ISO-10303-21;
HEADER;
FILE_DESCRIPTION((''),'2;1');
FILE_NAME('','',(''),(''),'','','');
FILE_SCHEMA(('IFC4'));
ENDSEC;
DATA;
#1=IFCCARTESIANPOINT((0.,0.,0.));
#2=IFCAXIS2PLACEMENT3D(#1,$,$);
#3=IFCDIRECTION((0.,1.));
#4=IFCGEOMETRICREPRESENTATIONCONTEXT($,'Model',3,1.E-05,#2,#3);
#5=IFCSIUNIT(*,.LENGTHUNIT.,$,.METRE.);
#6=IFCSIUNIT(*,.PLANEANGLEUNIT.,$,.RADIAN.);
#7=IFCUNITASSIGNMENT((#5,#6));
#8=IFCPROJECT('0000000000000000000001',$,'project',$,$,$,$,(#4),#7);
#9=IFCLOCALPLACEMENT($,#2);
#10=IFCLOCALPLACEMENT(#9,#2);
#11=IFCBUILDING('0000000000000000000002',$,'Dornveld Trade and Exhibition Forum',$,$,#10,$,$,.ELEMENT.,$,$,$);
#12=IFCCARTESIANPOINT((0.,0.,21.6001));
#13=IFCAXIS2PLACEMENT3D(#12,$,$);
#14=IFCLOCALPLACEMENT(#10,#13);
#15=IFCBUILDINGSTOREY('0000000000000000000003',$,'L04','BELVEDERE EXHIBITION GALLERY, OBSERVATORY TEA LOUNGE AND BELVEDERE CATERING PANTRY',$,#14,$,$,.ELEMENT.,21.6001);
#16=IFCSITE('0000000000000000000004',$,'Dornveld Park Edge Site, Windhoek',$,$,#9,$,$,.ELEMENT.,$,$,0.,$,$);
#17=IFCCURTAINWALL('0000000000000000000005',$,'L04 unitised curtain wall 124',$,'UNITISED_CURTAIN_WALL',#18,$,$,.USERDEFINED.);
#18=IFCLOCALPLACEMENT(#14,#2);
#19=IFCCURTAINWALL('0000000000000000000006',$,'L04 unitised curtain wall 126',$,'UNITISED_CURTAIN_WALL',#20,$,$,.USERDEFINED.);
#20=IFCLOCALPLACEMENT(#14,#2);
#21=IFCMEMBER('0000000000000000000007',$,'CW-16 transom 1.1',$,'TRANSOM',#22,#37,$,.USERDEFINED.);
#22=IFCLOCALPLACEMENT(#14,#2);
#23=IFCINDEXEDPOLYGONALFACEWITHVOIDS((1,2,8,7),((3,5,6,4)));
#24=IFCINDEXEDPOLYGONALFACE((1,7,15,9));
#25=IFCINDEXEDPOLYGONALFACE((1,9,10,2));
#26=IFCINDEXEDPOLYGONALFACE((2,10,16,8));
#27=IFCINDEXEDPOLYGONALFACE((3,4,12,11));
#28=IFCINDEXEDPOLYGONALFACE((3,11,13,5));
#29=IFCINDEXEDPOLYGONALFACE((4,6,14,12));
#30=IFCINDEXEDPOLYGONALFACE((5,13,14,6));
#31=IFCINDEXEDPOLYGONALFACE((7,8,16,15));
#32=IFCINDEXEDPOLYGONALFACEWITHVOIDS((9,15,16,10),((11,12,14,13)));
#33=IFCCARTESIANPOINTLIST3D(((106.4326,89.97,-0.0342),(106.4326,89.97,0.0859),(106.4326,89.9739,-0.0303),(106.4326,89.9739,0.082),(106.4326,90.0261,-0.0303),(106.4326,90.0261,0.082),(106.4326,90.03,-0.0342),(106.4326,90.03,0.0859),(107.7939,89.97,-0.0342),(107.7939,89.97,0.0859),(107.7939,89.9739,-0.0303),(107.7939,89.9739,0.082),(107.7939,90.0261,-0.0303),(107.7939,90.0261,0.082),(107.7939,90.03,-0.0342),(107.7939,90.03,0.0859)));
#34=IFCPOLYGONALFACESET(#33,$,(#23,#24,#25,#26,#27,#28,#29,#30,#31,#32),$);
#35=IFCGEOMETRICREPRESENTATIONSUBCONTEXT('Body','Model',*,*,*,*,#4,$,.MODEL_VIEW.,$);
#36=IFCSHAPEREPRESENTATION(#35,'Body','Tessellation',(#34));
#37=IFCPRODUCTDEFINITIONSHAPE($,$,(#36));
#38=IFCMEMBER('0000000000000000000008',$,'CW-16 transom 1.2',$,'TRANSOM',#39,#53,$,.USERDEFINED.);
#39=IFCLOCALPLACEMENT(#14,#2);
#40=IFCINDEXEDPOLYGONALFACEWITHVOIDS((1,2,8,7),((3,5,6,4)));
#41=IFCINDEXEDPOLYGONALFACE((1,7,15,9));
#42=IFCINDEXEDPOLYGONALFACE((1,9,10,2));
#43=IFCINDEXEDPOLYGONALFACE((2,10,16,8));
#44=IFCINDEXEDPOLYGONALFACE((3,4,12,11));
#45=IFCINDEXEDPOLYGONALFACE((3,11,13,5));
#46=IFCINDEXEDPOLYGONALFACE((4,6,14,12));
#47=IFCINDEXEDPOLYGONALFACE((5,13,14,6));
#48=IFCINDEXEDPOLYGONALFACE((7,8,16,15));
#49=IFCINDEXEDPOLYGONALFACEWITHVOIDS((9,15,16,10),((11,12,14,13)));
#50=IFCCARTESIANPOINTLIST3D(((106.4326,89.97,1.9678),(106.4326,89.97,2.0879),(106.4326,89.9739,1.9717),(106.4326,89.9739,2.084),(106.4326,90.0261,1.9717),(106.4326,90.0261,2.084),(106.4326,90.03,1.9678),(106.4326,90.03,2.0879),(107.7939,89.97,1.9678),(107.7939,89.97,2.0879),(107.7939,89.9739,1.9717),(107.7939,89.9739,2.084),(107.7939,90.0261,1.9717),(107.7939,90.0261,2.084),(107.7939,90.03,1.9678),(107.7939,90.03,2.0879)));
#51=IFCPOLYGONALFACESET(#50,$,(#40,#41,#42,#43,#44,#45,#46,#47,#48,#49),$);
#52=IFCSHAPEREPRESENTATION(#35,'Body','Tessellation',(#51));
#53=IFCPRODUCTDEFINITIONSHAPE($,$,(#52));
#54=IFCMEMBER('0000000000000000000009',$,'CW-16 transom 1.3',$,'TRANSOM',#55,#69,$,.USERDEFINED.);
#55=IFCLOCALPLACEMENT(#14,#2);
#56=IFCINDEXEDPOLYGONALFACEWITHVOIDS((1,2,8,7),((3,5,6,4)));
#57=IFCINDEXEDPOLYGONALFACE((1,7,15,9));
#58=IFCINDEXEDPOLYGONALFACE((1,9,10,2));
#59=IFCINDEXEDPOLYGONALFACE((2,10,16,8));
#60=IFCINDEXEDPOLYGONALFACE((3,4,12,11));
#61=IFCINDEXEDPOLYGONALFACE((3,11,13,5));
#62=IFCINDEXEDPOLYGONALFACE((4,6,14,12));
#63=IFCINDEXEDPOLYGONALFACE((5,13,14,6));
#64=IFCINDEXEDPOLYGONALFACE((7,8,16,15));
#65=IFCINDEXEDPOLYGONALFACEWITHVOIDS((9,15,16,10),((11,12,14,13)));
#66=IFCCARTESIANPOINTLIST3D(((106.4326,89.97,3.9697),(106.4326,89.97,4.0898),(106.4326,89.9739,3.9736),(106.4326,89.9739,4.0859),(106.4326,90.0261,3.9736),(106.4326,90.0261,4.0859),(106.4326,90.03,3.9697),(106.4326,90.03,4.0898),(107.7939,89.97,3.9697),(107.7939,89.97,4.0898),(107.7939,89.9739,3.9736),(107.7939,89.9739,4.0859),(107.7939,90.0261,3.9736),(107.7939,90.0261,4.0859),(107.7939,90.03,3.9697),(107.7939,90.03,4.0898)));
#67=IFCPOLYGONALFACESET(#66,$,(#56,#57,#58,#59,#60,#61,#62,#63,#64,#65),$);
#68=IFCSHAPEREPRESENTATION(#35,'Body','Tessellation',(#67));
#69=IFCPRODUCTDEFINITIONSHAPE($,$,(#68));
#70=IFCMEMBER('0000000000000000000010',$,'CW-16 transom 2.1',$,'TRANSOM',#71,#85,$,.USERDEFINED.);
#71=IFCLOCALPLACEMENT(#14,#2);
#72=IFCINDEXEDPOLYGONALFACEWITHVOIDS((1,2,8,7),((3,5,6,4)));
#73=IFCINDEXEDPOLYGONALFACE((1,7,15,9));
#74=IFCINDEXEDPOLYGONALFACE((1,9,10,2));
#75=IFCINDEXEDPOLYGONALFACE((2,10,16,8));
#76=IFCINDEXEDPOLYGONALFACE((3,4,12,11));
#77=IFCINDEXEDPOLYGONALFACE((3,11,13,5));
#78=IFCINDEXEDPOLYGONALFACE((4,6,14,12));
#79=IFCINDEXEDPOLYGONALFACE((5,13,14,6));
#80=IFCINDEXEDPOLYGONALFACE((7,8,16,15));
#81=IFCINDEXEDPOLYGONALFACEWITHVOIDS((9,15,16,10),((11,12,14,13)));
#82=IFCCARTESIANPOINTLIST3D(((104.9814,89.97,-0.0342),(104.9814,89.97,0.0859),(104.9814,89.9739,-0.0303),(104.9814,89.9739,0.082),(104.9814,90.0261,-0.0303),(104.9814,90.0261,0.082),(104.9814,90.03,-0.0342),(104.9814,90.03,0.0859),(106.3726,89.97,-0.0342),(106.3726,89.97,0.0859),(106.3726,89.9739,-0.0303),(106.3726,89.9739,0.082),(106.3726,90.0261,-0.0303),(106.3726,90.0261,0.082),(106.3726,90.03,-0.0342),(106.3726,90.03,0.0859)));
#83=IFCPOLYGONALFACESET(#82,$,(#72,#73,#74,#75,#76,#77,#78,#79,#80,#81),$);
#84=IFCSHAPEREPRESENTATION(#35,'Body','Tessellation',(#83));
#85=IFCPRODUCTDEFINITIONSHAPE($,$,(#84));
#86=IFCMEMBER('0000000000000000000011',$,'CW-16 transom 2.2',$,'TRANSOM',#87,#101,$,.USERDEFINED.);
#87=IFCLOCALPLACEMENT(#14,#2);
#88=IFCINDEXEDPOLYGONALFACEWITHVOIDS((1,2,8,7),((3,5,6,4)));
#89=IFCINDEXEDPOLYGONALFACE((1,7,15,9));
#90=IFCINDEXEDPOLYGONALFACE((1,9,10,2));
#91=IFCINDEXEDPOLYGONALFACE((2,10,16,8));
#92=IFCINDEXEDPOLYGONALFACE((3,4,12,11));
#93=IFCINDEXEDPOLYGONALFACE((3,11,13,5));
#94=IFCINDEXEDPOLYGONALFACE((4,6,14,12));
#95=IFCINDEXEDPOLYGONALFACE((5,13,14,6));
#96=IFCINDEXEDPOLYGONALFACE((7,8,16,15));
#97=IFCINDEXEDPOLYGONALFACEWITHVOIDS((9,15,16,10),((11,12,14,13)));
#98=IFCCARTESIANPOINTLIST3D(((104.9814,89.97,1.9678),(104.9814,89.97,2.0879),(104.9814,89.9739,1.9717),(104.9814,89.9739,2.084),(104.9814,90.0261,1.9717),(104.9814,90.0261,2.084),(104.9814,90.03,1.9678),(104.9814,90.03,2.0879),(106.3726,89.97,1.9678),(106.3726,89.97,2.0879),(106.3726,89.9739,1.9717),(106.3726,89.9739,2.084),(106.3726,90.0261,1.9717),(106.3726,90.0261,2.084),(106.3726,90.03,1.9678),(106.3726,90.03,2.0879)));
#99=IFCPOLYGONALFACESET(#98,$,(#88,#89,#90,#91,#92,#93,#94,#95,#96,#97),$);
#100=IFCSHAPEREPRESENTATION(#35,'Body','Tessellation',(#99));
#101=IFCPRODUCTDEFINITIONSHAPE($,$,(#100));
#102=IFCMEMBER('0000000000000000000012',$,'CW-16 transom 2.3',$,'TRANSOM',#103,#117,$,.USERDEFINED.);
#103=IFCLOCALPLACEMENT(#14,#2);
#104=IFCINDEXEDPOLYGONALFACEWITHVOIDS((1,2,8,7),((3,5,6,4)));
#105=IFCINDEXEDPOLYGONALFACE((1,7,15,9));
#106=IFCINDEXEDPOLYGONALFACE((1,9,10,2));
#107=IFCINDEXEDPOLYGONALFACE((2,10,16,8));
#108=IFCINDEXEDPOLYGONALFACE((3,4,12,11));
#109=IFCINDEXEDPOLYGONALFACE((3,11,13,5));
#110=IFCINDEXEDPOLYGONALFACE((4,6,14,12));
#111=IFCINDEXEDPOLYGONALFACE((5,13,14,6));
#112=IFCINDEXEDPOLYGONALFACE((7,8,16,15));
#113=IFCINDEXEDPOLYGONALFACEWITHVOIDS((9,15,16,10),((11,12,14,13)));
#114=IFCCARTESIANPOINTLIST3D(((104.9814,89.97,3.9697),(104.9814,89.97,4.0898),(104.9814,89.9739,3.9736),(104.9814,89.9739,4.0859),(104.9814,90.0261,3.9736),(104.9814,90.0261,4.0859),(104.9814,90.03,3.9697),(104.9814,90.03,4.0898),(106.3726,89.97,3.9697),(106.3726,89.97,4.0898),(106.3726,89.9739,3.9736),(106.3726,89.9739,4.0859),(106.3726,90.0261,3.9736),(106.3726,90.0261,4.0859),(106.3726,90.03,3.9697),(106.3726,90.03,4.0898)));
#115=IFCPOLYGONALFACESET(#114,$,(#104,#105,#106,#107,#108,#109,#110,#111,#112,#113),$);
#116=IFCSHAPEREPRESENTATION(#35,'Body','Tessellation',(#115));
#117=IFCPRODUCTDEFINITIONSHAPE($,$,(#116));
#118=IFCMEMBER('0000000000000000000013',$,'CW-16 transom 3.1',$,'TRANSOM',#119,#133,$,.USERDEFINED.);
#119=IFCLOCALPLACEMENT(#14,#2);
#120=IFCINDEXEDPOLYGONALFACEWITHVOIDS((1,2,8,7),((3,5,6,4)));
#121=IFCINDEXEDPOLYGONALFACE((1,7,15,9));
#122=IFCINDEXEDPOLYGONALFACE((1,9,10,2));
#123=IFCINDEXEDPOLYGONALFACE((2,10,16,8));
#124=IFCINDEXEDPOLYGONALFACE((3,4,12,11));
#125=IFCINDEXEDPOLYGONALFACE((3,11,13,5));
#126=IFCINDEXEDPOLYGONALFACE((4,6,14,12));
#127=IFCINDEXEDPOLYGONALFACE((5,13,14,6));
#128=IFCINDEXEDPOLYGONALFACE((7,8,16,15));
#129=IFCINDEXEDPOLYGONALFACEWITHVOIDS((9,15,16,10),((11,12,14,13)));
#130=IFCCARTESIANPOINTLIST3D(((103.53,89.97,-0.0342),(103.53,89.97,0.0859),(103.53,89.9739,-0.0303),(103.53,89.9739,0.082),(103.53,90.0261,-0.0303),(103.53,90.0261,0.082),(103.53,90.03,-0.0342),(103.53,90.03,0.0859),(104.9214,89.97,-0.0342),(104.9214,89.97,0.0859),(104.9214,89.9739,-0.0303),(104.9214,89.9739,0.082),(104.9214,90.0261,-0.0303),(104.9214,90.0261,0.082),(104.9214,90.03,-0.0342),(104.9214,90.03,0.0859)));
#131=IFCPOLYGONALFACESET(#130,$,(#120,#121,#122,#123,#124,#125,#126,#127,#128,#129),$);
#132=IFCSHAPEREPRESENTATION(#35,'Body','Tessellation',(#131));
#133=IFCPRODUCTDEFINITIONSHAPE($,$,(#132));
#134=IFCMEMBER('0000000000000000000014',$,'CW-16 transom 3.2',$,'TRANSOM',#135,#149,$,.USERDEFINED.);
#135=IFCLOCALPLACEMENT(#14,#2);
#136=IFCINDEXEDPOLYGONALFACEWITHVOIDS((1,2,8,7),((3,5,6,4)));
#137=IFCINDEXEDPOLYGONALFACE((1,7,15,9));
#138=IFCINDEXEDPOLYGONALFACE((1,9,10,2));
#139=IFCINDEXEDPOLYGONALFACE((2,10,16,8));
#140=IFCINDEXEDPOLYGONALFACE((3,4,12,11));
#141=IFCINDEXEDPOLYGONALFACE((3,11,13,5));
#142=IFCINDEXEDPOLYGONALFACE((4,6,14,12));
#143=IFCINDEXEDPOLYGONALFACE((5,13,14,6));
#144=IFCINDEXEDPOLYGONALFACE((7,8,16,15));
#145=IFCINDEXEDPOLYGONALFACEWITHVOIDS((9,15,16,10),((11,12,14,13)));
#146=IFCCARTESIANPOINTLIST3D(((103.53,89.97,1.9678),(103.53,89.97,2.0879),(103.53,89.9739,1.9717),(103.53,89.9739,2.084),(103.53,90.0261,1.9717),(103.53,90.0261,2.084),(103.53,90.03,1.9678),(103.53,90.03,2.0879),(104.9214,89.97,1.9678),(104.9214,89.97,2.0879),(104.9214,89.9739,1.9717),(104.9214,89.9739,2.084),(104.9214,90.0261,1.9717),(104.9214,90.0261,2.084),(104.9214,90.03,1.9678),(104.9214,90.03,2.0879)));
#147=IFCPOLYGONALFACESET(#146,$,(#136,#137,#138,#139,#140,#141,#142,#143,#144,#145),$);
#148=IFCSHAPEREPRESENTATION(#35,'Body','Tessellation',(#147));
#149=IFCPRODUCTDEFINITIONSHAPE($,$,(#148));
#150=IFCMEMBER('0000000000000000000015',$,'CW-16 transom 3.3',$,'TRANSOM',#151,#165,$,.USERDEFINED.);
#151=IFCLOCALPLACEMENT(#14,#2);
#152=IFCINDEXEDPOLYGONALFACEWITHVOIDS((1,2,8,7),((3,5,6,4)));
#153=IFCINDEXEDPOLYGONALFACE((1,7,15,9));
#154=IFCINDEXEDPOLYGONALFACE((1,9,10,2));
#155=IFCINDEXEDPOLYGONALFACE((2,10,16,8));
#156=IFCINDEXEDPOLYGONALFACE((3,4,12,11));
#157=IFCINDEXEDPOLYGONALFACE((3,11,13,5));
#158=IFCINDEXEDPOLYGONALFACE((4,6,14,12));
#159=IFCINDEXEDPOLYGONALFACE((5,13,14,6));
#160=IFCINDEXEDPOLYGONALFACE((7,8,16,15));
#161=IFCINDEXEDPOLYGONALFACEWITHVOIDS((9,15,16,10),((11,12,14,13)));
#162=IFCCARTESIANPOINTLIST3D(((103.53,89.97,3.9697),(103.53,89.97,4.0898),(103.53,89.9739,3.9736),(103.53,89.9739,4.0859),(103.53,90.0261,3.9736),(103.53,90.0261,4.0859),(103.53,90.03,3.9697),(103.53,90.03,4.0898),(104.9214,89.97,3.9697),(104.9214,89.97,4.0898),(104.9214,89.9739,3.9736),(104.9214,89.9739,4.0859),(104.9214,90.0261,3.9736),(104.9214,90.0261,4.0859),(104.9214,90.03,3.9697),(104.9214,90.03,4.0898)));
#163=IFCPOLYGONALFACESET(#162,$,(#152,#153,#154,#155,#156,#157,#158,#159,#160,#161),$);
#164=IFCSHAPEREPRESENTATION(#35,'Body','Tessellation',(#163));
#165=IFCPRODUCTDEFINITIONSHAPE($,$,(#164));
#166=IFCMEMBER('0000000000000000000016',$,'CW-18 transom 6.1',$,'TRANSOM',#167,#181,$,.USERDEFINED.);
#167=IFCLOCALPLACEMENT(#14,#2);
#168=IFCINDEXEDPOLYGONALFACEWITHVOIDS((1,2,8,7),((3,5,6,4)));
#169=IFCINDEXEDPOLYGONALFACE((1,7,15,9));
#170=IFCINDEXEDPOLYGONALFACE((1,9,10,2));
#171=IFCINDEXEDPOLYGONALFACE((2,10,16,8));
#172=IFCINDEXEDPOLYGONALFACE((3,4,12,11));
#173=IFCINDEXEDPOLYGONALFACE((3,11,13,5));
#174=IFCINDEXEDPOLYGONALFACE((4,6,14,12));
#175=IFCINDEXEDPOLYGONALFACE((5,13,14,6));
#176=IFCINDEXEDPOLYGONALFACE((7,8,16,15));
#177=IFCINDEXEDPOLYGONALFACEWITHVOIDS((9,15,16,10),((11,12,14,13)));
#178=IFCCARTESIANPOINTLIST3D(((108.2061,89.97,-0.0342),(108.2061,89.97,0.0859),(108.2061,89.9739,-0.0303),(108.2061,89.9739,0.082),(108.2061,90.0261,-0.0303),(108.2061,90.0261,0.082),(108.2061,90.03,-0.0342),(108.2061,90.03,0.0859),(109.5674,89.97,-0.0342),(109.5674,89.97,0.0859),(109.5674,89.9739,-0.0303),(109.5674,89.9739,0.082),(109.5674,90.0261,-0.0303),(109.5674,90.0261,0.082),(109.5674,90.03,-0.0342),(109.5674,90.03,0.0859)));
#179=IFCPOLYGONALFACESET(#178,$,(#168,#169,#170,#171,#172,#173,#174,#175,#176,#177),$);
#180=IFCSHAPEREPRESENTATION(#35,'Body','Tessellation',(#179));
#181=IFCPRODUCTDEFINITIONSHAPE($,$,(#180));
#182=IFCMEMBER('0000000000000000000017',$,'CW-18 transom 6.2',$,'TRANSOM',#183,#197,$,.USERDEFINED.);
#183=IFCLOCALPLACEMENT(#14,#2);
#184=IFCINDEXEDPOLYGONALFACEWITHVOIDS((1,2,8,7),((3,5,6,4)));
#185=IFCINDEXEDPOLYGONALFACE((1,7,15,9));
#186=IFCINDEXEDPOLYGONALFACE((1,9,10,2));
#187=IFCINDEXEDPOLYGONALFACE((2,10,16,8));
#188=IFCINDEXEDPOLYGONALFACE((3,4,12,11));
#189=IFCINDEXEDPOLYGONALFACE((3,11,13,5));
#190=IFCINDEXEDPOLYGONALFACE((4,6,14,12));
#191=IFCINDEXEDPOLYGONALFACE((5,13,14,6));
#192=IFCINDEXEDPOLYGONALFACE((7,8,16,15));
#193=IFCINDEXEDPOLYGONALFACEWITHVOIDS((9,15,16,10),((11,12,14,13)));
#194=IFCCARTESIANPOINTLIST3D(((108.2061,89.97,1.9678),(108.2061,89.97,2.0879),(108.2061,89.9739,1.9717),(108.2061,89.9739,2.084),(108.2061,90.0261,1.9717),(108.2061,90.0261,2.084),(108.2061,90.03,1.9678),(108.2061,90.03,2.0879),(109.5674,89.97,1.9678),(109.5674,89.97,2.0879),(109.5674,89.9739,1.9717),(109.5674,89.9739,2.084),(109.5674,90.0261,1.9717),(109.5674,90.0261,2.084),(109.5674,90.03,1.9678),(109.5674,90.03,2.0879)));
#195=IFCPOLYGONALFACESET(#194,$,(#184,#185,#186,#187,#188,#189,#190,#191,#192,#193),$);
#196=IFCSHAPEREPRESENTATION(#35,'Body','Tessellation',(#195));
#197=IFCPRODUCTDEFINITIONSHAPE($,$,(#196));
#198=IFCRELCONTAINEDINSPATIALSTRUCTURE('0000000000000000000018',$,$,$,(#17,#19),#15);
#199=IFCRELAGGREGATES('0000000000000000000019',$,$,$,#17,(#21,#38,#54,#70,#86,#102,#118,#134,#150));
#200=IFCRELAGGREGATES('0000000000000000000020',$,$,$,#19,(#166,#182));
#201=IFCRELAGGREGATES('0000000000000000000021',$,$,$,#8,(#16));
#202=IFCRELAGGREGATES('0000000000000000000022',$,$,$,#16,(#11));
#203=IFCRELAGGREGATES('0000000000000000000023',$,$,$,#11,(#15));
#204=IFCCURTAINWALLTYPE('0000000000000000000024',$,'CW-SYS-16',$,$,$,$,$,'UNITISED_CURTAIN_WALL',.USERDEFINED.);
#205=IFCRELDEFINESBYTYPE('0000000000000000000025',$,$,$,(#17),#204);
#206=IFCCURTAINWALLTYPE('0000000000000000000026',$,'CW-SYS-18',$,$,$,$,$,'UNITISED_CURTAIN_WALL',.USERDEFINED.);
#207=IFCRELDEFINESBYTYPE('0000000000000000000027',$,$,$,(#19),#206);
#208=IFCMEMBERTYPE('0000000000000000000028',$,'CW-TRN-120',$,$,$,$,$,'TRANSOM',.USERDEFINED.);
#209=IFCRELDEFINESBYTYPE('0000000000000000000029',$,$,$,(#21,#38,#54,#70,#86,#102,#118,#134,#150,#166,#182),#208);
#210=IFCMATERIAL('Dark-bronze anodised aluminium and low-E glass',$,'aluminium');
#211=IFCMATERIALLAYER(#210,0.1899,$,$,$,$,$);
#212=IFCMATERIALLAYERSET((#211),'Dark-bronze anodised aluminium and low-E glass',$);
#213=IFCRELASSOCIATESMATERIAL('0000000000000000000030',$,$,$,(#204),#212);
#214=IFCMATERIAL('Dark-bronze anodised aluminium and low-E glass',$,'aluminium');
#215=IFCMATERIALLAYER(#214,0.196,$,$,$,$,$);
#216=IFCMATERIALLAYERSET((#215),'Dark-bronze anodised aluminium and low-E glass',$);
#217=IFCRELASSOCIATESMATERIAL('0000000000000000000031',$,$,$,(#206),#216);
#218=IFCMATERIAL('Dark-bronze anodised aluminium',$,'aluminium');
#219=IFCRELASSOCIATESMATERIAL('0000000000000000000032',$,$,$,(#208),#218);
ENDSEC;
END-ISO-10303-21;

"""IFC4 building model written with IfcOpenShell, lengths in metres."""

from ifc_helpers import new_model, si_unit, direction, frame, origin, origin_2d, place, context, subcontext, project, spatial, hollow_rectangle, extrude, material, layer, layer_set, material_profile, profile_set, type_object, element, aggregate, save


model = new_model("IFC4")

# Units and contexts
model_context = context("Model", 3, precision=1e-05, world=origin(), true_north=direction((0.0, 1.0)))
body_context = subcontext(model_context, "Body", "Model", "MODEL_VIEW")
ifc_project = project(units=[si_unit("LENGTHUNIT", "METRE"), si_unit("PLANEANGLEUNIT", "RADIAN")], contexts=[model_context])

# Site, building, storey
site_placement = place(None, origin())
site = spatial("IfcSite", under=ifc_project, at=site_placement, Name="Dornveld Park Edge Site, Windhoek", CompositionType="ELEMENT", RefElevation=0.0)
building_placement = place(site_placement, origin())
building = spatial("IfcBuilding", under=site, at=building_placement, Name="Dornveld Trade and Exhibition Forum", CompositionType="ELEMENT")
storey_placement = place(building_placement, frame((0.0, 0.0, 21.6001)))
storey = spatial("IfcBuildingStorey", under=building, at=storey_placement, Name="L04", Description="BELVEDERE EXHIBITION GALLERY, OBSERVATORY TEA LOUNGE AND BELVEDERE CATERING PANTRY", CompositionType="ELEMENT", Elevation=21.6001)

# Curtain wall
ifc_material_1 = material(Name="Dark-bronze anodised aluminium and low-E glass", Category="aluminium")
ifc_layer_1 = layer(ifc_material_1, 0.1899)
ifc_layer_set_1 = layer_set([ifc_layer_1], Name="Dark-bronze anodised aluminium and low-E glass")
curtain_wall_type_1 = type_object("IfcCurtainWallType", Name="CW-SYS-16", ElementType="UNITISED_CURTAIN_WALL", PredefinedType="USERDEFINED", material=ifc_layer_set_1)
curtain_wall_1_placement = place(storey_placement, origin())
curtain_wall_1 = element("IfcCurtainWall", 1, at=curtain_wall_1_placement, inside=storey, type_object=curtain_wall_type_1, Name="L04 unitised curtain wall 124", ObjectType="UNITISED_CURTAIN_WALL", PredefinedType="USERDEFINED")

# Curtain wall
ifc_material_2 = material(Name="Dark-bronze anodised aluminium and low-E glass", Category="aluminium")
ifc_layer_2 = layer(ifc_material_2, 0.196)
ifc_layer_set_2 = layer_set([ifc_layer_2], Name="Dark-bronze anodised aluminium and low-E glass")
curtain_wall_type_2 = type_object("IfcCurtainWallType", Name="CW-SYS-18", ElementType="UNITISED_CURTAIN_WALL", PredefinedType="USERDEFINED", material=ifc_layer_set_2)
curtain_wall_2_placement = place(storey_placement, origin())
curtain_wall_2 = element("IfcCurtainWall", 2, at=curtain_wall_2_placement, inside=storey, type_object=curtain_wall_type_2, Name="L04 unitised curtain wall 126", ObjectType="UNITISED_CURTAIN_WALL", PredefinedType="USERDEFINED")

# Members
ifc_material_3 = material(Name="Dark-bronze anodised aluminium", Category="aluminium")
ifc_material_profile_1 = material_profile(ifc_material_3, hollow_rectangle(XDim=0.0601, YDim=0.1201, WallThickness=0.0039, at=origin_2d()), Name="RHS 120x60x4")
ifc_profile_set_1 = profile_set([ifc_material_profile_1], Name="Dark-bronze anodised aluminium")
member_type_1 = type_object("IfcMemberType", Name="CW-TRN-120", ElementType="TRANSOM", PredefinedType="USERDEFINED", material=ifc_profile_set_1)
member_1_placement = place(storey_placement, frame((107.7939, 90.0, 0.0259), z_axis=(-1.0, 0.0, 0.0), x_axis=(0.0, -1.0, 0.0)))
member_1 = element("IfcMember", 3, at=member_1_placement, type_object=member_type_1, Name="CW-16 transom 1.1", ObjectType="TRANSOM", PredefinedType="USERDEFINED", context=body_context, shape_type="SweptSolid", body=[
    extrude(hollow_rectangle(XDim=0.0601, YDim=0.1201, WallThickness=0.0039, at=origin_2d()), origin(), (0.0, 0.0, 1.0), 1.3613),
])
member_2_placement = place(storey_placement, frame((107.7939, 90.0, 2.0278), z_axis=(-1.0, 0.0, 0.0), x_axis=(0.0, -1.0, 0.0)))
member_2 = element("IfcMember", 4, at=member_2_placement, type_object=member_type_1, Name="CW-16 transom 1.2", ObjectType="TRANSOM", PredefinedType="USERDEFINED", context=body_context, shape_type="SweptSolid", body=[
    extrude(hollow_rectangle(XDim=0.0601, YDim=0.1201, WallThickness=0.0039, at=origin_2d()), origin(), (0.0, 0.0, 1.0), 1.3613),
])
member_3_placement = place(storey_placement, frame((107.7939, 90.0, 4.0298), z_axis=(-1.0, 0.0, 0.0), x_axis=(0.0, -1.0, 0.0)))
member_3 = element("IfcMember", 5, at=member_3_placement, type_object=member_type_1, Name="CW-16 transom 1.3", ObjectType="TRANSOM", PredefinedType="USERDEFINED", context=body_context, shape_type="SweptSolid", body=[
    extrude(hollow_rectangle(XDim=0.0601, YDim=0.1201, WallThickness=0.0039, at=origin_2d()), origin(), (0.0, 0.0, 1.0), 1.3613),
])
member_4_placement = place(storey_placement, frame((106.3726, 90.0, 0.0259), z_axis=(-1.0, 0.0, 0.0), x_axis=(0.0, -1.0, 0.0)))
member_4 = element("IfcMember", 6, at=member_4_placement, type_object=member_type_1, Name="CW-16 transom 2.1", ObjectType="TRANSOM", PredefinedType="USERDEFINED", context=body_context, shape_type="SweptSolid", body=[
    extrude(hollow_rectangle(XDim=0.0601, YDim=0.1201, WallThickness=0.0039, at=origin_2d()), origin(), (0.0, 0.0, 1.0), 1.3911),
])
member_5_placement = place(storey_placement, frame((106.3726, 90.0, 2.0278), z_axis=(-1.0, 0.0, 0.0), x_axis=(0.0, -1.0, 0.0)))
member_5 = element("IfcMember", 7, at=member_5_placement, type_object=member_type_1, Name="CW-16 transom 2.2", ObjectType="TRANSOM", PredefinedType="USERDEFINED", context=body_context, shape_type="SweptSolid", body=[
    extrude(hollow_rectangle(XDim=0.0601, YDim=0.1201, WallThickness=0.0039, at=origin_2d()), origin(), (0.0, 0.0, 1.0), 1.3911),
])
member_6_placement = place(storey_placement, frame((106.3726, 90.0, 4.0298), z_axis=(-1.0, 0.0, 0.0), x_axis=(0.0, -1.0, 0.0)))
member_6 = element("IfcMember", 8, at=member_6_placement, type_object=member_type_1, Name="CW-16 transom 2.3", ObjectType="TRANSOM", PredefinedType="USERDEFINED", context=body_context, shape_type="SweptSolid", body=[
    extrude(hollow_rectangle(XDim=0.0601, YDim=0.1201, WallThickness=0.0039, at=origin_2d()), origin(), (0.0, 0.0, 1.0), 1.3911),
])
member_7_placement = place(storey_placement, frame((104.9214, 90.0, 0.0259), z_axis=(-1.0, 0.0, 0.0), x_axis=(0.0, -1.0, 0.0)))
member_7 = element("IfcMember", 9, at=member_7_placement, type_object=member_type_1, Name="CW-16 transom 3.1", ObjectType="TRANSOM", PredefinedType="USERDEFINED", context=body_context, shape_type="SweptSolid", body=[
    extrude(hollow_rectangle(XDim=0.0601, YDim=0.1201, WallThickness=0.0039, at=origin_2d()), origin(), (0.0, 0.0, 1.0), 1.3914),
])
member_8_placement = place(storey_placement, frame((104.9214, 90.0, 2.0278), z_axis=(-1.0, 0.0, 0.0), x_axis=(0.0, -1.0, 0.0)))
member_8 = element("IfcMember", 10, at=member_8_placement, type_object=member_type_1, Name="CW-16 transom 3.2", ObjectType="TRANSOM", PredefinedType="USERDEFINED", context=body_context, shape_type="SweptSolid", body=[
    extrude(hollow_rectangle(XDim=0.0601, YDim=0.1201, WallThickness=0.0039, at=origin_2d()), origin(), (0.0, 0.0, 1.0), 1.3914),
])
member_9_placement = place(storey_placement, frame((104.9214, 90.0, 4.0298), z_axis=(-1.0, 0.0, 0.0), x_axis=(0.0, -1.0, 0.0)))
member_9 = element("IfcMember", 11, at=member_9_placement, type_object=member_type_1, Name="CW-16 transom 3.3", ObjectType="TRANSOM", PredefinedType="USERDEFINED", context=body_context, shape_type="SweptSolid", body=[
    extrude(hollow_rectangle(XDim=0.0601, YDim=0.1201, WallThickness=0.0039, at=origin_2d()), origin(), (0.0, 0.0, 1.0), 1.3914),
])
member_10_placement = place(storey_placement, frame((109.5674, 90.0, 0.0259), z_axis=(-1.0, 0.0, 0.0), x_axis=(0.0, -1.0, 0.0)))
member_10 = element("IfcMember", 12, at=member_10_placement, type_object=member_type_1, Name="CW-18 transom 6.1", ObjectType="TRANSOM", PredefinedType="USERDEFINED", context=body_context, shape_type="SweptSolid", body=[
    extrude(hollow_rectangle(XDim=0.0601, YDim=0.1201, WallThickness=0.0039, at=origin_2d()), origin(), (0.0, 0.0, 1.0), 1.3613),
])
member_11_placement = place(storey_placement, frame((109.5674, 90.0, 2.0278), z_axis=(-1.0, 0.0, 0.0), x_axis=(0.0, -1.0, 0.0)))
member_11 = element("IfcMember", 13, at=member_11_placement, type_object=member_type_1, Name="CW-18 transom 6.2", ObjectType="TRANSOM", PredefinedType="USERDEFINED", context=body_context, shape_type="SweptSolid", body=[
    extrude(hollow_rectangle(XDim=0.0601, YDim=0.1201, WallThickness=0.0039, at=origin_2d()), origin(), (0.0, 0.0, 1.0), 1.3613),
])

aggregate(curtain_wall_1, [member_1, member_2, member_3, member_4, member_5, member_6, member_7, member_8, member_9])
aggregate(curtain_wall_2, [member_10, member_11])

save(model, "model.ifc")
